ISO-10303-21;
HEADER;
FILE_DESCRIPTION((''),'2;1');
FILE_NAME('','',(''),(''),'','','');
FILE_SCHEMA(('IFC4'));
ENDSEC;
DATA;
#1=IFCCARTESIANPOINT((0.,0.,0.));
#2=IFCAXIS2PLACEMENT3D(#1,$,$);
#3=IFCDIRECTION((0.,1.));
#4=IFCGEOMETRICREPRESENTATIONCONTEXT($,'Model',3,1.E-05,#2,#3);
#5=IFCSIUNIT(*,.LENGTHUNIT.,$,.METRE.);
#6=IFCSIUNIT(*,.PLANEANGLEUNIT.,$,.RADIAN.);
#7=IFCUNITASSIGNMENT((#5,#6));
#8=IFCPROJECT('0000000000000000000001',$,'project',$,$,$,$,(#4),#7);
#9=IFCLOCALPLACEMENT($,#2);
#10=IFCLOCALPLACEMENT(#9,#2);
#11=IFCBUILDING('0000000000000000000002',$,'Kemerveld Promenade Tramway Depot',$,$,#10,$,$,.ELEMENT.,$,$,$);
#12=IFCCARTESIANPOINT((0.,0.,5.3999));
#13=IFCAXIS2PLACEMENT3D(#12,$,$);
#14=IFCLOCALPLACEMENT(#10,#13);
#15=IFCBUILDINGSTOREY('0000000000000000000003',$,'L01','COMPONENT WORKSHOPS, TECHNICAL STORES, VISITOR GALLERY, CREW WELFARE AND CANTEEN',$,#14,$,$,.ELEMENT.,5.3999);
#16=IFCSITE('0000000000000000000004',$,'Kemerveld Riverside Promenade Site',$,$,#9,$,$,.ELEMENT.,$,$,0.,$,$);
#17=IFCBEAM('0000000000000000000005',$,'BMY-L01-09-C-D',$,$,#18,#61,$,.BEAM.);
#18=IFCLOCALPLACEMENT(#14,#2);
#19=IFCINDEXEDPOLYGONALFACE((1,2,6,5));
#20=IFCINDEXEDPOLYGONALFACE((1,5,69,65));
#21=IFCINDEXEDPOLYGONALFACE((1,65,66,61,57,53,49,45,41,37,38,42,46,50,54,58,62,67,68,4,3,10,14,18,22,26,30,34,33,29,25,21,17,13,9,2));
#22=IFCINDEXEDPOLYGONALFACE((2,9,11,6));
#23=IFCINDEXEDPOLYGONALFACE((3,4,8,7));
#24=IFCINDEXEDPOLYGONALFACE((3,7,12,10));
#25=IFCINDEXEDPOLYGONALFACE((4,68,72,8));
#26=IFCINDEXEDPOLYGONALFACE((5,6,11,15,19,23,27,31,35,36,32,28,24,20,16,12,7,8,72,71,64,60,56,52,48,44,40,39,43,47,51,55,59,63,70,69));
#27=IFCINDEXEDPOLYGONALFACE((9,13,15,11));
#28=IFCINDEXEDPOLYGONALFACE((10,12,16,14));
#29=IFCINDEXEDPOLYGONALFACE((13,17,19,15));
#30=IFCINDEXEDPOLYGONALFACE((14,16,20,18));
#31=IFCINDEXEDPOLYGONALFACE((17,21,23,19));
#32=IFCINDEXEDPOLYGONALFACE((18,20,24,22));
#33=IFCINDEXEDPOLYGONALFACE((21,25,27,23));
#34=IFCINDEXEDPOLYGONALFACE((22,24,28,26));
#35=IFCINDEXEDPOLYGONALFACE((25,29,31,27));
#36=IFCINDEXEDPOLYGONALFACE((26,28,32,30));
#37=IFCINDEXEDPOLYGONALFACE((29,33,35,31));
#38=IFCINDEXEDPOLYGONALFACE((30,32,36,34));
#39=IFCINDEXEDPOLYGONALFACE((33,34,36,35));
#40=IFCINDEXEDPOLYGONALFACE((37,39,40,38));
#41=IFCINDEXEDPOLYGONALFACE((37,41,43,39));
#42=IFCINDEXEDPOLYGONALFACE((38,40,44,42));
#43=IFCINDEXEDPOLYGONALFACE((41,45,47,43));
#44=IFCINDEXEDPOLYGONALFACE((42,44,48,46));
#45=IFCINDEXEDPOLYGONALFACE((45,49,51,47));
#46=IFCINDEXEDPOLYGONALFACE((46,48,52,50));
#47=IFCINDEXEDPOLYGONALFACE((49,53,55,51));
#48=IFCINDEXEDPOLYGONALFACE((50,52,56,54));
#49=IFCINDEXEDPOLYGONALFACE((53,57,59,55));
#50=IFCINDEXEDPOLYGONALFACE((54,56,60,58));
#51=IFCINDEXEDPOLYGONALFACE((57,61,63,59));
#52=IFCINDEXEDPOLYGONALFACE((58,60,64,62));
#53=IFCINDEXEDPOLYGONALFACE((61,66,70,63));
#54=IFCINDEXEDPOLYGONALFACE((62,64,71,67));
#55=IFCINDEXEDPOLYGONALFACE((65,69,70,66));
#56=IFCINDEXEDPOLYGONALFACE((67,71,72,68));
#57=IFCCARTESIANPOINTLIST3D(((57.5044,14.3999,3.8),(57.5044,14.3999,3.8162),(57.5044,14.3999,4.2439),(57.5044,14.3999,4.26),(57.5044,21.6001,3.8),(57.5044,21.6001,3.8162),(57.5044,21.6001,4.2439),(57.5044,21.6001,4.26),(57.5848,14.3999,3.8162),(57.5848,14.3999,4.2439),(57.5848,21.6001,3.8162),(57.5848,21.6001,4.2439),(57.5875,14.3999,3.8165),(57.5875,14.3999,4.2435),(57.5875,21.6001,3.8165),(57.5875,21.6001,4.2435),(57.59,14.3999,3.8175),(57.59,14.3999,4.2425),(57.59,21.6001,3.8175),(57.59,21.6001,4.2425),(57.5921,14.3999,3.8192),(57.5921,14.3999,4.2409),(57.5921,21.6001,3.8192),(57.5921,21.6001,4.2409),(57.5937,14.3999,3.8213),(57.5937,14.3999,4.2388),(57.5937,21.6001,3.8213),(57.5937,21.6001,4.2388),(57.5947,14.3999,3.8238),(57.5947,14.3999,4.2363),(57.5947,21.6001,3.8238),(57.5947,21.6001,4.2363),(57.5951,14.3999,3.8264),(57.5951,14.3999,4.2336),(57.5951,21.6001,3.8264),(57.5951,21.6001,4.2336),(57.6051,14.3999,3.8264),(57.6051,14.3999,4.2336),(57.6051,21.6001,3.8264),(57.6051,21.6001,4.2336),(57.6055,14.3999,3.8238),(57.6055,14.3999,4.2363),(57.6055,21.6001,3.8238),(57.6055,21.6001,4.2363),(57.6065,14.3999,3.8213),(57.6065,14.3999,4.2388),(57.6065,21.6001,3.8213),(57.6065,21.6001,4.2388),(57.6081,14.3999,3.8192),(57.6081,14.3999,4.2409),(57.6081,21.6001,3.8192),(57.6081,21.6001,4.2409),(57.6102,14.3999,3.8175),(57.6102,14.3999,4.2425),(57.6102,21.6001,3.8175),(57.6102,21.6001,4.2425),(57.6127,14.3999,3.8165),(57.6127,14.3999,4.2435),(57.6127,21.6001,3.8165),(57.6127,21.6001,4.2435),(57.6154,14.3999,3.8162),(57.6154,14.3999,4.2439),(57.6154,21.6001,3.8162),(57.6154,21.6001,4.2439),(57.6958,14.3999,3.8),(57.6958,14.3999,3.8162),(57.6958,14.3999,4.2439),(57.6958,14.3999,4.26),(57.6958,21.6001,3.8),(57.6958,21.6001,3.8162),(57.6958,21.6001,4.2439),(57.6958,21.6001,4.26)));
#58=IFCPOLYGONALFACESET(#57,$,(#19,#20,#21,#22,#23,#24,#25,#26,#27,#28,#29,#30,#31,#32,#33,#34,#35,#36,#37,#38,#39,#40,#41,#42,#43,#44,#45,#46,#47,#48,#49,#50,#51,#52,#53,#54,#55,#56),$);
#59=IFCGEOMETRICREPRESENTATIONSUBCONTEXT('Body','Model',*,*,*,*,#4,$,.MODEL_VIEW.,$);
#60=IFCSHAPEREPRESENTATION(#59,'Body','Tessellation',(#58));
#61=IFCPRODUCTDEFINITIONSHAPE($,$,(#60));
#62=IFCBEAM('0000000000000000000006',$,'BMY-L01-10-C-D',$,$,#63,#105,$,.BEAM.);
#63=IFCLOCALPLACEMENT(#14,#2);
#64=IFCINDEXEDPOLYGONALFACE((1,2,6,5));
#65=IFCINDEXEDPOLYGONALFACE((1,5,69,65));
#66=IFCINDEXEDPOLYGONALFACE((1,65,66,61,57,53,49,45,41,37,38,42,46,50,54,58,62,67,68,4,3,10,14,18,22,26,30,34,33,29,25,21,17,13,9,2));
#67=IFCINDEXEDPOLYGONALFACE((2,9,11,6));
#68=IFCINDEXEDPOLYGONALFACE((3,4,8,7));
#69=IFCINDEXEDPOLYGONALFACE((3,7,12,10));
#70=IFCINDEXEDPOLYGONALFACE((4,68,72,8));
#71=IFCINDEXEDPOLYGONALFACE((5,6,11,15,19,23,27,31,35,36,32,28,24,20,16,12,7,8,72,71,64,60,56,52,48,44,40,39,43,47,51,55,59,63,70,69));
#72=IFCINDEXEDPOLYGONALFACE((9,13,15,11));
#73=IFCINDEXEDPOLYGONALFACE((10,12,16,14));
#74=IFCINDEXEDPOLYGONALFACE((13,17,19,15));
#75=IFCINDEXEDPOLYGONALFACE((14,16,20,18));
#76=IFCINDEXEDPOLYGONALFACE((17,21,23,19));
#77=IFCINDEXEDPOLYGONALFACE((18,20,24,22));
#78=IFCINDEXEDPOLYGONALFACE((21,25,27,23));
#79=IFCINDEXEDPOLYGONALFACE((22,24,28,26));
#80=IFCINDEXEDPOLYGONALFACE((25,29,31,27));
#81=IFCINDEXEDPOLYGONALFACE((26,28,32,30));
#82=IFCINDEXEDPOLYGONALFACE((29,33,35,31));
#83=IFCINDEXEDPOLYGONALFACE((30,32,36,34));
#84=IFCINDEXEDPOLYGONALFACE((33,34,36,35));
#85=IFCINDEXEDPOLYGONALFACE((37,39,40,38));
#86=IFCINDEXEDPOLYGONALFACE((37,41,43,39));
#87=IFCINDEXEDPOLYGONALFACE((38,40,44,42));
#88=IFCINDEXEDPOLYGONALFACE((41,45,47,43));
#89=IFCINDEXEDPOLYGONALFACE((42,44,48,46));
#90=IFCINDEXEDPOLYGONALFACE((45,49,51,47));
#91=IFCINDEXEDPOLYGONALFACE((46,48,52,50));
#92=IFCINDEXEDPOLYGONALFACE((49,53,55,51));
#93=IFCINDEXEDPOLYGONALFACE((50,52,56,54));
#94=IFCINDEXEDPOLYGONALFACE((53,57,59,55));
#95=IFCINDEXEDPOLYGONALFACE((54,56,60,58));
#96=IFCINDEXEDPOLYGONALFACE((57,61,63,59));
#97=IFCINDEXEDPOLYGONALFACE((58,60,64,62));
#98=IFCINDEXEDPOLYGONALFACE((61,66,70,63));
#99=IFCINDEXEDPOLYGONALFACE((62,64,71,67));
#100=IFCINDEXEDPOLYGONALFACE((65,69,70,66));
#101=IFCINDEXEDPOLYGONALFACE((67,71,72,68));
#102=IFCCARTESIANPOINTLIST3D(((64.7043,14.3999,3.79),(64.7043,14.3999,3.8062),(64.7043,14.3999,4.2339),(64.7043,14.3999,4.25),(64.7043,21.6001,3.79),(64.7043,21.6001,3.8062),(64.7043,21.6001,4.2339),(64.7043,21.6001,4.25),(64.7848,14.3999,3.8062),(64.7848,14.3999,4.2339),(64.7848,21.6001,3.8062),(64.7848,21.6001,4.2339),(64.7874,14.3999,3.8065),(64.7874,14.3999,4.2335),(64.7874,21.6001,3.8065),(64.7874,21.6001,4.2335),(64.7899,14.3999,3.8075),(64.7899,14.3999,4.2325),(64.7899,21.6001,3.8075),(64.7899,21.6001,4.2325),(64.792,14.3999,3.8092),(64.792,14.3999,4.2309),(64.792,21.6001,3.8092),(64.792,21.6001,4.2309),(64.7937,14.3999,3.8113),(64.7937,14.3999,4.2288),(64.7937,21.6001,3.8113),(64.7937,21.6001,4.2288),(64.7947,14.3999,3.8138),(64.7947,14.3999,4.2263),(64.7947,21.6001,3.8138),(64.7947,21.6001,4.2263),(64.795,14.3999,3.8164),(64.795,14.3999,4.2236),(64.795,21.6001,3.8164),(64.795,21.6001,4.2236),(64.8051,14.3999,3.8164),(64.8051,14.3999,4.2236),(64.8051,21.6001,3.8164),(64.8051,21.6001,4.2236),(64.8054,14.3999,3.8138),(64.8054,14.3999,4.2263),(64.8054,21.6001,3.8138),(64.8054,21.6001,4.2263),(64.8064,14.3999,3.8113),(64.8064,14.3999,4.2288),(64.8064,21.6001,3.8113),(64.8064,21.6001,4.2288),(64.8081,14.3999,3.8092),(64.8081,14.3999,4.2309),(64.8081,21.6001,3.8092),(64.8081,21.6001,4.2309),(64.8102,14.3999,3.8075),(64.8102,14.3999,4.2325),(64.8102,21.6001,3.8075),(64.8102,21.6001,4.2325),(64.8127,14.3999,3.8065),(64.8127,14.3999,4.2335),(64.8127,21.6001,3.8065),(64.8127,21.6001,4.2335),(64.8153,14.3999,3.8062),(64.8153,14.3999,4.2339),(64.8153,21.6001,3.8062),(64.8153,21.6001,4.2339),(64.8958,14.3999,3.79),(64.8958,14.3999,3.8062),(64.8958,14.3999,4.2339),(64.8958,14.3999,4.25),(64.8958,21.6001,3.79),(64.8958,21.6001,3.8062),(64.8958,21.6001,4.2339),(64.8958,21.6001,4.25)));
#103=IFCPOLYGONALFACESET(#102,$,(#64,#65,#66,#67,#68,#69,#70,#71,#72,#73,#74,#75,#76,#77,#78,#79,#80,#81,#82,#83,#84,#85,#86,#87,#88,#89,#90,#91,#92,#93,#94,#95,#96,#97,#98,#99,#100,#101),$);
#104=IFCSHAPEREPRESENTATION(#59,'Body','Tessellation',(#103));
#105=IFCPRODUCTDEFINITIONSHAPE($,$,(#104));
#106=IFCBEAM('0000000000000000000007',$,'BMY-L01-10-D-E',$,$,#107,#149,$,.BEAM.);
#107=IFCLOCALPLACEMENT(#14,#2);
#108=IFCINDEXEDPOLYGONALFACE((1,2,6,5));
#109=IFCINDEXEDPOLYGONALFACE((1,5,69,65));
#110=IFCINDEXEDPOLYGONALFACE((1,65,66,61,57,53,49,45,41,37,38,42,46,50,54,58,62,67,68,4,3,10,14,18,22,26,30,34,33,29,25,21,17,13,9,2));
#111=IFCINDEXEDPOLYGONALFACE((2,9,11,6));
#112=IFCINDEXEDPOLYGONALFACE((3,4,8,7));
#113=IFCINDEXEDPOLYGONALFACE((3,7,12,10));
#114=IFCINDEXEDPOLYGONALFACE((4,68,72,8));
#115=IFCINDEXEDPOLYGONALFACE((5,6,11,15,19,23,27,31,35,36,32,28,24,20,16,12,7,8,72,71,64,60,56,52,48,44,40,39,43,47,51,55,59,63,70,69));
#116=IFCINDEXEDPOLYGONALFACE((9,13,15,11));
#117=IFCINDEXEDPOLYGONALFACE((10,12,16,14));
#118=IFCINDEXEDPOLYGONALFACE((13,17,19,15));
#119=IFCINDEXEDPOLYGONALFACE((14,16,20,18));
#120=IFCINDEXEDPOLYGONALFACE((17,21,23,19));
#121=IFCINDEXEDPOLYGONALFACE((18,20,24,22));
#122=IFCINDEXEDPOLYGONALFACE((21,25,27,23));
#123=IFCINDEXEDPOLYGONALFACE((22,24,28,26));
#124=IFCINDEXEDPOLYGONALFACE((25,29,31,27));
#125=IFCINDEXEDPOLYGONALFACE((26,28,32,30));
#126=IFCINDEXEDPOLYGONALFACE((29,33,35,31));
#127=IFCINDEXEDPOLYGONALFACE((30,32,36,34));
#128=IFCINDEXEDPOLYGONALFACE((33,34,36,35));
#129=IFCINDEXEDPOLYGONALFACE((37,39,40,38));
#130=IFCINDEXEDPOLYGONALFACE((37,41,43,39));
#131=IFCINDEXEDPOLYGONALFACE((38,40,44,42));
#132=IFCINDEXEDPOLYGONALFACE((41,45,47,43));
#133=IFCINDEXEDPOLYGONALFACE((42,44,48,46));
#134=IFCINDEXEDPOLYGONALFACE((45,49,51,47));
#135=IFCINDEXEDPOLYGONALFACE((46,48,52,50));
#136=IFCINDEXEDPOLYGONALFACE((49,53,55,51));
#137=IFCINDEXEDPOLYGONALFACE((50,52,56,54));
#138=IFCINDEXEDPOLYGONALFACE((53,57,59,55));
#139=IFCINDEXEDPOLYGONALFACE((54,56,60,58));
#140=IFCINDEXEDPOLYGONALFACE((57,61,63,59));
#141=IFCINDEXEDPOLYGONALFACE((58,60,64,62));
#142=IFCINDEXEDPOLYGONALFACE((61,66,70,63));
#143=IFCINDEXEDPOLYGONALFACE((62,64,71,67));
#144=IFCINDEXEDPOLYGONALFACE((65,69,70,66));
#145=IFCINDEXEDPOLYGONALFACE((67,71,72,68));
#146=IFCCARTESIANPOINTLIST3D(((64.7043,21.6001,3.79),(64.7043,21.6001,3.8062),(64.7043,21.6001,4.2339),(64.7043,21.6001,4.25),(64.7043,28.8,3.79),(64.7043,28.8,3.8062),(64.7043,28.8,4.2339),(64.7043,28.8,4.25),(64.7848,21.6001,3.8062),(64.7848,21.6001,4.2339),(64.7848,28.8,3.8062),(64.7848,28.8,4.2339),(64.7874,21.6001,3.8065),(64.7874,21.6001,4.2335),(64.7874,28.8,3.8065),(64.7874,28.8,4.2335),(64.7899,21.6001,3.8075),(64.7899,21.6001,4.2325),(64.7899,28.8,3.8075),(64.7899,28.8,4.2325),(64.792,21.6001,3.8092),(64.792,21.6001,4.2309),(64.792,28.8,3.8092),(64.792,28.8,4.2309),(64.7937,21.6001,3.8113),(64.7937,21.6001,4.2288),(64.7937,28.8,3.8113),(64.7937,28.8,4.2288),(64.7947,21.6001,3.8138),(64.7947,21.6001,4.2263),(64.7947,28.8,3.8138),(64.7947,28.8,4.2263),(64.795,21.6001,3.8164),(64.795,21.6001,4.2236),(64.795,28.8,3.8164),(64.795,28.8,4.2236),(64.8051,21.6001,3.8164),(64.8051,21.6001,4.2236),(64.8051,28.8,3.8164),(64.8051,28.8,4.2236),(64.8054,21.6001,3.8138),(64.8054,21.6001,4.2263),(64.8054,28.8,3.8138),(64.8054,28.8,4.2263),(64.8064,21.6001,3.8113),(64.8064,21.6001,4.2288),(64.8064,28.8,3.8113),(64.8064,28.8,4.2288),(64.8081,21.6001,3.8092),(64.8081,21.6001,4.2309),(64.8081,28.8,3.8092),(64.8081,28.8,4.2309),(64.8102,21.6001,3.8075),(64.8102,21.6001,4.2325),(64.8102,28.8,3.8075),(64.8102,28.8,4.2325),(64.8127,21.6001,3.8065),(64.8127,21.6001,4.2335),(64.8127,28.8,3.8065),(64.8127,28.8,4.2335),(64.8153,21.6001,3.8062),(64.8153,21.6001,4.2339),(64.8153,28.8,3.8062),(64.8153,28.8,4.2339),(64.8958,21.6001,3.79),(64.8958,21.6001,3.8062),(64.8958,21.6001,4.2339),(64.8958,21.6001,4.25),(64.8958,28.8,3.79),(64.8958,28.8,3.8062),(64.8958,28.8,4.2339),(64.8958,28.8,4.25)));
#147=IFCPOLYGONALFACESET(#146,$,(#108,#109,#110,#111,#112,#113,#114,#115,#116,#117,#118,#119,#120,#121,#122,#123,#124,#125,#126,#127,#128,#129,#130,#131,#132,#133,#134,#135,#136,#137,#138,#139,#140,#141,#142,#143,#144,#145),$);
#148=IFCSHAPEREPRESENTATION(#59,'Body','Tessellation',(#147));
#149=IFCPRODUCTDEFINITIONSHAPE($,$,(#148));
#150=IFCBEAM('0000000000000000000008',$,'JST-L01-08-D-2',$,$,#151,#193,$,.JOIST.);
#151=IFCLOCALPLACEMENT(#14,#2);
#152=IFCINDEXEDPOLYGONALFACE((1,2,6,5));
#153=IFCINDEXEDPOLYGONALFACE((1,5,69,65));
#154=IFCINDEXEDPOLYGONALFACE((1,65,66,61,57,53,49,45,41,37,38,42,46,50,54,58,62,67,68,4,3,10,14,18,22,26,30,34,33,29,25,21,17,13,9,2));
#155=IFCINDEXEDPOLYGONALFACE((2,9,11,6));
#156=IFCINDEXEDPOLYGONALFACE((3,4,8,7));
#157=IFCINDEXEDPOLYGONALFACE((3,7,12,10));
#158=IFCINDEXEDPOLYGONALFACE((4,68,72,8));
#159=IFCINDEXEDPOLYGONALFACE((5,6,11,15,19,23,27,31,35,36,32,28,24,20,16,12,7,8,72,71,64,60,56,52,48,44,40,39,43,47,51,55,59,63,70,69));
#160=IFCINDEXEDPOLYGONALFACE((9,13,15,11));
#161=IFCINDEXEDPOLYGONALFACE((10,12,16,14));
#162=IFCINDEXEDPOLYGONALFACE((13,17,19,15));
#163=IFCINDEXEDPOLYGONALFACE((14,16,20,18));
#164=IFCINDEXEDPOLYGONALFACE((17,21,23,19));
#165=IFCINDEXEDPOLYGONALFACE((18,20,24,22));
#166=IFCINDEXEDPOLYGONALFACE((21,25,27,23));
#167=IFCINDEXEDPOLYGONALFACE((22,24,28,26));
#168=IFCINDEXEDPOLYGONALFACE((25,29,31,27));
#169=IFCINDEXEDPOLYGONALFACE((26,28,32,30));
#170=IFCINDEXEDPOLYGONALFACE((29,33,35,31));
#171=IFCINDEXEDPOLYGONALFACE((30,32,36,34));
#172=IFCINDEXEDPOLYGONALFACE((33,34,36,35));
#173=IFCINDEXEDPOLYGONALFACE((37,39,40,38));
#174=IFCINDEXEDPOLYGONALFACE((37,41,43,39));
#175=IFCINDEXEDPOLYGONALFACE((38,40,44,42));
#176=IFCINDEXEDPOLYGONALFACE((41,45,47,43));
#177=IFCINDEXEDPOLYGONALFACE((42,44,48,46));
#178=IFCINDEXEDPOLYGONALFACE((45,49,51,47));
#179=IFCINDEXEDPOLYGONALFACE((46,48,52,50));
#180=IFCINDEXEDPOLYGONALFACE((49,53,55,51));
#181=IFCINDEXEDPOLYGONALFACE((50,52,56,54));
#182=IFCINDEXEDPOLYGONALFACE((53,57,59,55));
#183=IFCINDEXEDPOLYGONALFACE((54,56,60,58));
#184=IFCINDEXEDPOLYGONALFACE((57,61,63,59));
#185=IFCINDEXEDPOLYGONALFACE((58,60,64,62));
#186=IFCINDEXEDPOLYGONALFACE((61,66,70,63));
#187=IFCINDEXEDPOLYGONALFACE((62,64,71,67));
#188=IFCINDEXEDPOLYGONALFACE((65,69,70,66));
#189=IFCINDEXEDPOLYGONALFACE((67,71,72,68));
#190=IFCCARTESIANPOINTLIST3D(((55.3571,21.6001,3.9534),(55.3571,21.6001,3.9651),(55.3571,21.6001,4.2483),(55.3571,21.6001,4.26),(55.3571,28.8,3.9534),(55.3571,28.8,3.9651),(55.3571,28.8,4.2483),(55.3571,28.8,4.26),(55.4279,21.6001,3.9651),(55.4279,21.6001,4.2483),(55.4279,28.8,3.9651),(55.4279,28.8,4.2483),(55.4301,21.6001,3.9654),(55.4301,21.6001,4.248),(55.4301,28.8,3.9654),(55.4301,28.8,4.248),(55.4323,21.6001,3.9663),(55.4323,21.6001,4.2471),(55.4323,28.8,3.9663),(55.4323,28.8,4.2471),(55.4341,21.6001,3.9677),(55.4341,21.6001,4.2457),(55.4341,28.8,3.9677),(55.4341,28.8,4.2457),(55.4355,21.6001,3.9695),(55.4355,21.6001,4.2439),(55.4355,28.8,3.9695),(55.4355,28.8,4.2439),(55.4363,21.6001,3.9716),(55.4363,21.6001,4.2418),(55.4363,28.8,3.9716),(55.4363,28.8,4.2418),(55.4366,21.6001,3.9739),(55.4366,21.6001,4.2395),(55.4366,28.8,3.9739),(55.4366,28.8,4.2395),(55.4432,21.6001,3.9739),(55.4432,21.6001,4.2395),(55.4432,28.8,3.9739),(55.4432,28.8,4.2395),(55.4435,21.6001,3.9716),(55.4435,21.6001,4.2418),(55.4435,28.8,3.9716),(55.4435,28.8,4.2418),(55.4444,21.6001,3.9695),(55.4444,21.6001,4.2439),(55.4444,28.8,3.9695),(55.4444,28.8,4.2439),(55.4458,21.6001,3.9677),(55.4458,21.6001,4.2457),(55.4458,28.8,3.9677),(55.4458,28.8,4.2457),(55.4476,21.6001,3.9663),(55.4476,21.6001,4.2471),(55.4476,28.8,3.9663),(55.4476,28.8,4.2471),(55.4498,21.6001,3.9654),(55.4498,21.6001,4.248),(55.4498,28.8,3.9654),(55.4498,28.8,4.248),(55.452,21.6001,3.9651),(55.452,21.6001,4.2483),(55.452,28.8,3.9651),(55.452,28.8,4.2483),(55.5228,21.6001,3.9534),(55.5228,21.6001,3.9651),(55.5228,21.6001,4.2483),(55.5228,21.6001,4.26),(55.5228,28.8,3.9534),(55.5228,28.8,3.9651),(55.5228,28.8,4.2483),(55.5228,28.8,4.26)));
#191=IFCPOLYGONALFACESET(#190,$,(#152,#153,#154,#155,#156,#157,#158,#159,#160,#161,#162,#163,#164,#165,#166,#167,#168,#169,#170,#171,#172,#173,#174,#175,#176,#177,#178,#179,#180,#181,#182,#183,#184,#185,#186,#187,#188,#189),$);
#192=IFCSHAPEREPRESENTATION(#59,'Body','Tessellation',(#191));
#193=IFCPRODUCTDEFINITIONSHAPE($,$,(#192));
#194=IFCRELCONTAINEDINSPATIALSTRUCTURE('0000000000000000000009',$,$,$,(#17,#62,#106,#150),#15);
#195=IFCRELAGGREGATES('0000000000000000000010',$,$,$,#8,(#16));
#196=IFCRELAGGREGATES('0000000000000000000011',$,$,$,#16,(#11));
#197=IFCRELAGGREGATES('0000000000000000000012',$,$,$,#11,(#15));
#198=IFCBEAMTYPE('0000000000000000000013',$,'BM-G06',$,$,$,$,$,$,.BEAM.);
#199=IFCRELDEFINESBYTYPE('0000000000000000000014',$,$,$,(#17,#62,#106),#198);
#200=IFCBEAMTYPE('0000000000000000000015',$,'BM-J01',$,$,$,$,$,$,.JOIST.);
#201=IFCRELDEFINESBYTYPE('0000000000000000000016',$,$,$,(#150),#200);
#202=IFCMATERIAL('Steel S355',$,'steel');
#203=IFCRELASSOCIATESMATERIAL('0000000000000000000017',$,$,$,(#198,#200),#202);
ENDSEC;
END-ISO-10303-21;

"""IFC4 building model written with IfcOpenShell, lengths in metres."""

from ifc_helpers import new_model, si_unit, direction, frame, origin, origin_2d, place, context, subcontext, project, spatial, i_section, extrude, material, material_profile, profile_set, type_object, element, save


model = new_model("IFC4")

# Units and contexts
model_context = context("Model", 3, precision=1e-05, world=origin(), true_north=direction((0.0, 1.0)))
body_context = subcontext(model_context, "Body", "Model", "MODEL_VIEW")
ifc_project = project(units=[si_unit("LENGTHUNIT", "METRE"), si_unit("PLANEANGLEUNIT", "RADIAN")], contexts=[model_context])

# Site, building, storey
site_placement = place(None, origin())
site = spatial("IfcSite", under=ifc_project, at=site_placement, Name="Kemerveld Riverside Promenade Site", CompositionType="ELEMENT", RefElevation=0.0)
building_placement = place(site_placement, origin())
building = spatial("IfcBuilding", under=site, at=building_placement, Name="Kemerveld Promenade Tramway Depot", CompositionType="ELEMENT")
storey_placement = place(building_placement, frame((0.0, 0.0, 5.3999)))
storey = spatial("IfcBuildingStorey", under=building, at=storey_placement, Name="L01", Description="COMPONENT WORKSHOPS, TECHNICAL STORES, VISITOR GALLERY, CREW WELFARE AND CANTEEN", CompositionType="ELEMENT", Elevation=5.3999)

# Shared definitions
ifc_material_1 = material(Name="Steel S355", Category="steel")

# Beams
ifc_material_profile_1 = material_profile(ifc_material_1, i_section(OverallWidth=0.1914, OverallDepth=0.46, WebThickness=0.01, FlangeThickness=0.0161, FilletRadius=0.0103, at=origin_2d()), Name="457x191x82 UB")
ifc_profile_set_1 = profile_set([ifc_material_profile_1], Name="Steel S355")
beam_type_1 = type_object("IfcBeamType", Name="BM-G06", PredefinedType="BEAM", material=ifc_profile_set_1)
for number, where, z_axis, x_axis, name in (
    (1, (57.6001, 14.3999, 4.03), (0.0, 1.0, 0.0), (-1.0, 0.0, 0.0), "BMY-L01-09-C-D"),
    (2, (64.8, 14.3999, 4.02), (0.0, 1.0, 0.0), (-1.0, 0.0, 0.0), "BMY-L01-10-C-D"),
):
    element("IfcBeam", number, at=place(storey_placement, frame(where, z_axis=z_axis, x_axis=x_axis)), inside=storey, type_object=beam_type_1, Name=name, PredefinedType="BEAM", context=body_context, shape_type="SweptSolid", body=[
        extrude(i_section(OverallWidth=0.1914, OverallDepth=0.46, WebThickness=0.01, FlangeThickness=0.0161, FilletRadius=0.0103, at=origin_2d()), origin(), (0.0, 0.0, 1.0), 7.2002),
    ])
beam_1_placement = place(storey_placement, frame((64.8, 21.6001, 4.02), z_axis=(0.0, 1.0, 0.0), x_axis=(-1.0, 0.0, 0.0)))
element("IfcBeam", 3, at=beam_1_placement, inside=storey, type_object=beam_type_1, Name="BMY-L01-10-D-E", PredefinedType="BEAM", context=body_context, shape_type="SweptSolid", body=[
    extrude(i_section(OverallWidth=0.1914, OverallDepth=0.46, WebThickness=0.01, FlangeThickness=0.0161, FilletRadius=0.0103, at=origin_2d()), origin(), (0.0, 0.0, 1.0), 7.2),
])
ifc_material_profile_2 = material_profile(ifc_material_1, i_section(OverallWidth=0.1658, OverallDepth=0.3066, WebThickness=0.0066, FlangeThickness=0.0117, FilletRadius=0.0088, at=origin_2d()), Name="305x165x46 UB")
ifc_profile_set_2 = profile_set([ifc_material_profile_2], Name="Steel S355")
beam_type_2 = type_object("IfcBeamType", Name="BM-J01", PredefinedType="JOIST", material=ifc_profile_set_2)
beam_2_placement = place(storey_placement, frame((55.4399, 21.6001, 4.1067), z_axis=(0.0, 1.0, 0.0), x_axis=(-1.0, 0.0, 0.0)))
element("IfcBeam", 4, at=beam_2_placement, inside=storey, type_object=beam_type_2, Name="JST-L01-08-D-2", PredefinedType="JOIST", context=body_context, shape_type="SweptSolid", body=[
    extrude(i_section(OverallWidth=0.1658, OverallDepth=0.3066, WebThickness=0.0066, FlangeThickness=0.0117, FilletRadius=0.0088, at=origin_2d()), origin(), (0.0, 0.0, 1.0), 7.2),
])

save(model, "model.ifc")
